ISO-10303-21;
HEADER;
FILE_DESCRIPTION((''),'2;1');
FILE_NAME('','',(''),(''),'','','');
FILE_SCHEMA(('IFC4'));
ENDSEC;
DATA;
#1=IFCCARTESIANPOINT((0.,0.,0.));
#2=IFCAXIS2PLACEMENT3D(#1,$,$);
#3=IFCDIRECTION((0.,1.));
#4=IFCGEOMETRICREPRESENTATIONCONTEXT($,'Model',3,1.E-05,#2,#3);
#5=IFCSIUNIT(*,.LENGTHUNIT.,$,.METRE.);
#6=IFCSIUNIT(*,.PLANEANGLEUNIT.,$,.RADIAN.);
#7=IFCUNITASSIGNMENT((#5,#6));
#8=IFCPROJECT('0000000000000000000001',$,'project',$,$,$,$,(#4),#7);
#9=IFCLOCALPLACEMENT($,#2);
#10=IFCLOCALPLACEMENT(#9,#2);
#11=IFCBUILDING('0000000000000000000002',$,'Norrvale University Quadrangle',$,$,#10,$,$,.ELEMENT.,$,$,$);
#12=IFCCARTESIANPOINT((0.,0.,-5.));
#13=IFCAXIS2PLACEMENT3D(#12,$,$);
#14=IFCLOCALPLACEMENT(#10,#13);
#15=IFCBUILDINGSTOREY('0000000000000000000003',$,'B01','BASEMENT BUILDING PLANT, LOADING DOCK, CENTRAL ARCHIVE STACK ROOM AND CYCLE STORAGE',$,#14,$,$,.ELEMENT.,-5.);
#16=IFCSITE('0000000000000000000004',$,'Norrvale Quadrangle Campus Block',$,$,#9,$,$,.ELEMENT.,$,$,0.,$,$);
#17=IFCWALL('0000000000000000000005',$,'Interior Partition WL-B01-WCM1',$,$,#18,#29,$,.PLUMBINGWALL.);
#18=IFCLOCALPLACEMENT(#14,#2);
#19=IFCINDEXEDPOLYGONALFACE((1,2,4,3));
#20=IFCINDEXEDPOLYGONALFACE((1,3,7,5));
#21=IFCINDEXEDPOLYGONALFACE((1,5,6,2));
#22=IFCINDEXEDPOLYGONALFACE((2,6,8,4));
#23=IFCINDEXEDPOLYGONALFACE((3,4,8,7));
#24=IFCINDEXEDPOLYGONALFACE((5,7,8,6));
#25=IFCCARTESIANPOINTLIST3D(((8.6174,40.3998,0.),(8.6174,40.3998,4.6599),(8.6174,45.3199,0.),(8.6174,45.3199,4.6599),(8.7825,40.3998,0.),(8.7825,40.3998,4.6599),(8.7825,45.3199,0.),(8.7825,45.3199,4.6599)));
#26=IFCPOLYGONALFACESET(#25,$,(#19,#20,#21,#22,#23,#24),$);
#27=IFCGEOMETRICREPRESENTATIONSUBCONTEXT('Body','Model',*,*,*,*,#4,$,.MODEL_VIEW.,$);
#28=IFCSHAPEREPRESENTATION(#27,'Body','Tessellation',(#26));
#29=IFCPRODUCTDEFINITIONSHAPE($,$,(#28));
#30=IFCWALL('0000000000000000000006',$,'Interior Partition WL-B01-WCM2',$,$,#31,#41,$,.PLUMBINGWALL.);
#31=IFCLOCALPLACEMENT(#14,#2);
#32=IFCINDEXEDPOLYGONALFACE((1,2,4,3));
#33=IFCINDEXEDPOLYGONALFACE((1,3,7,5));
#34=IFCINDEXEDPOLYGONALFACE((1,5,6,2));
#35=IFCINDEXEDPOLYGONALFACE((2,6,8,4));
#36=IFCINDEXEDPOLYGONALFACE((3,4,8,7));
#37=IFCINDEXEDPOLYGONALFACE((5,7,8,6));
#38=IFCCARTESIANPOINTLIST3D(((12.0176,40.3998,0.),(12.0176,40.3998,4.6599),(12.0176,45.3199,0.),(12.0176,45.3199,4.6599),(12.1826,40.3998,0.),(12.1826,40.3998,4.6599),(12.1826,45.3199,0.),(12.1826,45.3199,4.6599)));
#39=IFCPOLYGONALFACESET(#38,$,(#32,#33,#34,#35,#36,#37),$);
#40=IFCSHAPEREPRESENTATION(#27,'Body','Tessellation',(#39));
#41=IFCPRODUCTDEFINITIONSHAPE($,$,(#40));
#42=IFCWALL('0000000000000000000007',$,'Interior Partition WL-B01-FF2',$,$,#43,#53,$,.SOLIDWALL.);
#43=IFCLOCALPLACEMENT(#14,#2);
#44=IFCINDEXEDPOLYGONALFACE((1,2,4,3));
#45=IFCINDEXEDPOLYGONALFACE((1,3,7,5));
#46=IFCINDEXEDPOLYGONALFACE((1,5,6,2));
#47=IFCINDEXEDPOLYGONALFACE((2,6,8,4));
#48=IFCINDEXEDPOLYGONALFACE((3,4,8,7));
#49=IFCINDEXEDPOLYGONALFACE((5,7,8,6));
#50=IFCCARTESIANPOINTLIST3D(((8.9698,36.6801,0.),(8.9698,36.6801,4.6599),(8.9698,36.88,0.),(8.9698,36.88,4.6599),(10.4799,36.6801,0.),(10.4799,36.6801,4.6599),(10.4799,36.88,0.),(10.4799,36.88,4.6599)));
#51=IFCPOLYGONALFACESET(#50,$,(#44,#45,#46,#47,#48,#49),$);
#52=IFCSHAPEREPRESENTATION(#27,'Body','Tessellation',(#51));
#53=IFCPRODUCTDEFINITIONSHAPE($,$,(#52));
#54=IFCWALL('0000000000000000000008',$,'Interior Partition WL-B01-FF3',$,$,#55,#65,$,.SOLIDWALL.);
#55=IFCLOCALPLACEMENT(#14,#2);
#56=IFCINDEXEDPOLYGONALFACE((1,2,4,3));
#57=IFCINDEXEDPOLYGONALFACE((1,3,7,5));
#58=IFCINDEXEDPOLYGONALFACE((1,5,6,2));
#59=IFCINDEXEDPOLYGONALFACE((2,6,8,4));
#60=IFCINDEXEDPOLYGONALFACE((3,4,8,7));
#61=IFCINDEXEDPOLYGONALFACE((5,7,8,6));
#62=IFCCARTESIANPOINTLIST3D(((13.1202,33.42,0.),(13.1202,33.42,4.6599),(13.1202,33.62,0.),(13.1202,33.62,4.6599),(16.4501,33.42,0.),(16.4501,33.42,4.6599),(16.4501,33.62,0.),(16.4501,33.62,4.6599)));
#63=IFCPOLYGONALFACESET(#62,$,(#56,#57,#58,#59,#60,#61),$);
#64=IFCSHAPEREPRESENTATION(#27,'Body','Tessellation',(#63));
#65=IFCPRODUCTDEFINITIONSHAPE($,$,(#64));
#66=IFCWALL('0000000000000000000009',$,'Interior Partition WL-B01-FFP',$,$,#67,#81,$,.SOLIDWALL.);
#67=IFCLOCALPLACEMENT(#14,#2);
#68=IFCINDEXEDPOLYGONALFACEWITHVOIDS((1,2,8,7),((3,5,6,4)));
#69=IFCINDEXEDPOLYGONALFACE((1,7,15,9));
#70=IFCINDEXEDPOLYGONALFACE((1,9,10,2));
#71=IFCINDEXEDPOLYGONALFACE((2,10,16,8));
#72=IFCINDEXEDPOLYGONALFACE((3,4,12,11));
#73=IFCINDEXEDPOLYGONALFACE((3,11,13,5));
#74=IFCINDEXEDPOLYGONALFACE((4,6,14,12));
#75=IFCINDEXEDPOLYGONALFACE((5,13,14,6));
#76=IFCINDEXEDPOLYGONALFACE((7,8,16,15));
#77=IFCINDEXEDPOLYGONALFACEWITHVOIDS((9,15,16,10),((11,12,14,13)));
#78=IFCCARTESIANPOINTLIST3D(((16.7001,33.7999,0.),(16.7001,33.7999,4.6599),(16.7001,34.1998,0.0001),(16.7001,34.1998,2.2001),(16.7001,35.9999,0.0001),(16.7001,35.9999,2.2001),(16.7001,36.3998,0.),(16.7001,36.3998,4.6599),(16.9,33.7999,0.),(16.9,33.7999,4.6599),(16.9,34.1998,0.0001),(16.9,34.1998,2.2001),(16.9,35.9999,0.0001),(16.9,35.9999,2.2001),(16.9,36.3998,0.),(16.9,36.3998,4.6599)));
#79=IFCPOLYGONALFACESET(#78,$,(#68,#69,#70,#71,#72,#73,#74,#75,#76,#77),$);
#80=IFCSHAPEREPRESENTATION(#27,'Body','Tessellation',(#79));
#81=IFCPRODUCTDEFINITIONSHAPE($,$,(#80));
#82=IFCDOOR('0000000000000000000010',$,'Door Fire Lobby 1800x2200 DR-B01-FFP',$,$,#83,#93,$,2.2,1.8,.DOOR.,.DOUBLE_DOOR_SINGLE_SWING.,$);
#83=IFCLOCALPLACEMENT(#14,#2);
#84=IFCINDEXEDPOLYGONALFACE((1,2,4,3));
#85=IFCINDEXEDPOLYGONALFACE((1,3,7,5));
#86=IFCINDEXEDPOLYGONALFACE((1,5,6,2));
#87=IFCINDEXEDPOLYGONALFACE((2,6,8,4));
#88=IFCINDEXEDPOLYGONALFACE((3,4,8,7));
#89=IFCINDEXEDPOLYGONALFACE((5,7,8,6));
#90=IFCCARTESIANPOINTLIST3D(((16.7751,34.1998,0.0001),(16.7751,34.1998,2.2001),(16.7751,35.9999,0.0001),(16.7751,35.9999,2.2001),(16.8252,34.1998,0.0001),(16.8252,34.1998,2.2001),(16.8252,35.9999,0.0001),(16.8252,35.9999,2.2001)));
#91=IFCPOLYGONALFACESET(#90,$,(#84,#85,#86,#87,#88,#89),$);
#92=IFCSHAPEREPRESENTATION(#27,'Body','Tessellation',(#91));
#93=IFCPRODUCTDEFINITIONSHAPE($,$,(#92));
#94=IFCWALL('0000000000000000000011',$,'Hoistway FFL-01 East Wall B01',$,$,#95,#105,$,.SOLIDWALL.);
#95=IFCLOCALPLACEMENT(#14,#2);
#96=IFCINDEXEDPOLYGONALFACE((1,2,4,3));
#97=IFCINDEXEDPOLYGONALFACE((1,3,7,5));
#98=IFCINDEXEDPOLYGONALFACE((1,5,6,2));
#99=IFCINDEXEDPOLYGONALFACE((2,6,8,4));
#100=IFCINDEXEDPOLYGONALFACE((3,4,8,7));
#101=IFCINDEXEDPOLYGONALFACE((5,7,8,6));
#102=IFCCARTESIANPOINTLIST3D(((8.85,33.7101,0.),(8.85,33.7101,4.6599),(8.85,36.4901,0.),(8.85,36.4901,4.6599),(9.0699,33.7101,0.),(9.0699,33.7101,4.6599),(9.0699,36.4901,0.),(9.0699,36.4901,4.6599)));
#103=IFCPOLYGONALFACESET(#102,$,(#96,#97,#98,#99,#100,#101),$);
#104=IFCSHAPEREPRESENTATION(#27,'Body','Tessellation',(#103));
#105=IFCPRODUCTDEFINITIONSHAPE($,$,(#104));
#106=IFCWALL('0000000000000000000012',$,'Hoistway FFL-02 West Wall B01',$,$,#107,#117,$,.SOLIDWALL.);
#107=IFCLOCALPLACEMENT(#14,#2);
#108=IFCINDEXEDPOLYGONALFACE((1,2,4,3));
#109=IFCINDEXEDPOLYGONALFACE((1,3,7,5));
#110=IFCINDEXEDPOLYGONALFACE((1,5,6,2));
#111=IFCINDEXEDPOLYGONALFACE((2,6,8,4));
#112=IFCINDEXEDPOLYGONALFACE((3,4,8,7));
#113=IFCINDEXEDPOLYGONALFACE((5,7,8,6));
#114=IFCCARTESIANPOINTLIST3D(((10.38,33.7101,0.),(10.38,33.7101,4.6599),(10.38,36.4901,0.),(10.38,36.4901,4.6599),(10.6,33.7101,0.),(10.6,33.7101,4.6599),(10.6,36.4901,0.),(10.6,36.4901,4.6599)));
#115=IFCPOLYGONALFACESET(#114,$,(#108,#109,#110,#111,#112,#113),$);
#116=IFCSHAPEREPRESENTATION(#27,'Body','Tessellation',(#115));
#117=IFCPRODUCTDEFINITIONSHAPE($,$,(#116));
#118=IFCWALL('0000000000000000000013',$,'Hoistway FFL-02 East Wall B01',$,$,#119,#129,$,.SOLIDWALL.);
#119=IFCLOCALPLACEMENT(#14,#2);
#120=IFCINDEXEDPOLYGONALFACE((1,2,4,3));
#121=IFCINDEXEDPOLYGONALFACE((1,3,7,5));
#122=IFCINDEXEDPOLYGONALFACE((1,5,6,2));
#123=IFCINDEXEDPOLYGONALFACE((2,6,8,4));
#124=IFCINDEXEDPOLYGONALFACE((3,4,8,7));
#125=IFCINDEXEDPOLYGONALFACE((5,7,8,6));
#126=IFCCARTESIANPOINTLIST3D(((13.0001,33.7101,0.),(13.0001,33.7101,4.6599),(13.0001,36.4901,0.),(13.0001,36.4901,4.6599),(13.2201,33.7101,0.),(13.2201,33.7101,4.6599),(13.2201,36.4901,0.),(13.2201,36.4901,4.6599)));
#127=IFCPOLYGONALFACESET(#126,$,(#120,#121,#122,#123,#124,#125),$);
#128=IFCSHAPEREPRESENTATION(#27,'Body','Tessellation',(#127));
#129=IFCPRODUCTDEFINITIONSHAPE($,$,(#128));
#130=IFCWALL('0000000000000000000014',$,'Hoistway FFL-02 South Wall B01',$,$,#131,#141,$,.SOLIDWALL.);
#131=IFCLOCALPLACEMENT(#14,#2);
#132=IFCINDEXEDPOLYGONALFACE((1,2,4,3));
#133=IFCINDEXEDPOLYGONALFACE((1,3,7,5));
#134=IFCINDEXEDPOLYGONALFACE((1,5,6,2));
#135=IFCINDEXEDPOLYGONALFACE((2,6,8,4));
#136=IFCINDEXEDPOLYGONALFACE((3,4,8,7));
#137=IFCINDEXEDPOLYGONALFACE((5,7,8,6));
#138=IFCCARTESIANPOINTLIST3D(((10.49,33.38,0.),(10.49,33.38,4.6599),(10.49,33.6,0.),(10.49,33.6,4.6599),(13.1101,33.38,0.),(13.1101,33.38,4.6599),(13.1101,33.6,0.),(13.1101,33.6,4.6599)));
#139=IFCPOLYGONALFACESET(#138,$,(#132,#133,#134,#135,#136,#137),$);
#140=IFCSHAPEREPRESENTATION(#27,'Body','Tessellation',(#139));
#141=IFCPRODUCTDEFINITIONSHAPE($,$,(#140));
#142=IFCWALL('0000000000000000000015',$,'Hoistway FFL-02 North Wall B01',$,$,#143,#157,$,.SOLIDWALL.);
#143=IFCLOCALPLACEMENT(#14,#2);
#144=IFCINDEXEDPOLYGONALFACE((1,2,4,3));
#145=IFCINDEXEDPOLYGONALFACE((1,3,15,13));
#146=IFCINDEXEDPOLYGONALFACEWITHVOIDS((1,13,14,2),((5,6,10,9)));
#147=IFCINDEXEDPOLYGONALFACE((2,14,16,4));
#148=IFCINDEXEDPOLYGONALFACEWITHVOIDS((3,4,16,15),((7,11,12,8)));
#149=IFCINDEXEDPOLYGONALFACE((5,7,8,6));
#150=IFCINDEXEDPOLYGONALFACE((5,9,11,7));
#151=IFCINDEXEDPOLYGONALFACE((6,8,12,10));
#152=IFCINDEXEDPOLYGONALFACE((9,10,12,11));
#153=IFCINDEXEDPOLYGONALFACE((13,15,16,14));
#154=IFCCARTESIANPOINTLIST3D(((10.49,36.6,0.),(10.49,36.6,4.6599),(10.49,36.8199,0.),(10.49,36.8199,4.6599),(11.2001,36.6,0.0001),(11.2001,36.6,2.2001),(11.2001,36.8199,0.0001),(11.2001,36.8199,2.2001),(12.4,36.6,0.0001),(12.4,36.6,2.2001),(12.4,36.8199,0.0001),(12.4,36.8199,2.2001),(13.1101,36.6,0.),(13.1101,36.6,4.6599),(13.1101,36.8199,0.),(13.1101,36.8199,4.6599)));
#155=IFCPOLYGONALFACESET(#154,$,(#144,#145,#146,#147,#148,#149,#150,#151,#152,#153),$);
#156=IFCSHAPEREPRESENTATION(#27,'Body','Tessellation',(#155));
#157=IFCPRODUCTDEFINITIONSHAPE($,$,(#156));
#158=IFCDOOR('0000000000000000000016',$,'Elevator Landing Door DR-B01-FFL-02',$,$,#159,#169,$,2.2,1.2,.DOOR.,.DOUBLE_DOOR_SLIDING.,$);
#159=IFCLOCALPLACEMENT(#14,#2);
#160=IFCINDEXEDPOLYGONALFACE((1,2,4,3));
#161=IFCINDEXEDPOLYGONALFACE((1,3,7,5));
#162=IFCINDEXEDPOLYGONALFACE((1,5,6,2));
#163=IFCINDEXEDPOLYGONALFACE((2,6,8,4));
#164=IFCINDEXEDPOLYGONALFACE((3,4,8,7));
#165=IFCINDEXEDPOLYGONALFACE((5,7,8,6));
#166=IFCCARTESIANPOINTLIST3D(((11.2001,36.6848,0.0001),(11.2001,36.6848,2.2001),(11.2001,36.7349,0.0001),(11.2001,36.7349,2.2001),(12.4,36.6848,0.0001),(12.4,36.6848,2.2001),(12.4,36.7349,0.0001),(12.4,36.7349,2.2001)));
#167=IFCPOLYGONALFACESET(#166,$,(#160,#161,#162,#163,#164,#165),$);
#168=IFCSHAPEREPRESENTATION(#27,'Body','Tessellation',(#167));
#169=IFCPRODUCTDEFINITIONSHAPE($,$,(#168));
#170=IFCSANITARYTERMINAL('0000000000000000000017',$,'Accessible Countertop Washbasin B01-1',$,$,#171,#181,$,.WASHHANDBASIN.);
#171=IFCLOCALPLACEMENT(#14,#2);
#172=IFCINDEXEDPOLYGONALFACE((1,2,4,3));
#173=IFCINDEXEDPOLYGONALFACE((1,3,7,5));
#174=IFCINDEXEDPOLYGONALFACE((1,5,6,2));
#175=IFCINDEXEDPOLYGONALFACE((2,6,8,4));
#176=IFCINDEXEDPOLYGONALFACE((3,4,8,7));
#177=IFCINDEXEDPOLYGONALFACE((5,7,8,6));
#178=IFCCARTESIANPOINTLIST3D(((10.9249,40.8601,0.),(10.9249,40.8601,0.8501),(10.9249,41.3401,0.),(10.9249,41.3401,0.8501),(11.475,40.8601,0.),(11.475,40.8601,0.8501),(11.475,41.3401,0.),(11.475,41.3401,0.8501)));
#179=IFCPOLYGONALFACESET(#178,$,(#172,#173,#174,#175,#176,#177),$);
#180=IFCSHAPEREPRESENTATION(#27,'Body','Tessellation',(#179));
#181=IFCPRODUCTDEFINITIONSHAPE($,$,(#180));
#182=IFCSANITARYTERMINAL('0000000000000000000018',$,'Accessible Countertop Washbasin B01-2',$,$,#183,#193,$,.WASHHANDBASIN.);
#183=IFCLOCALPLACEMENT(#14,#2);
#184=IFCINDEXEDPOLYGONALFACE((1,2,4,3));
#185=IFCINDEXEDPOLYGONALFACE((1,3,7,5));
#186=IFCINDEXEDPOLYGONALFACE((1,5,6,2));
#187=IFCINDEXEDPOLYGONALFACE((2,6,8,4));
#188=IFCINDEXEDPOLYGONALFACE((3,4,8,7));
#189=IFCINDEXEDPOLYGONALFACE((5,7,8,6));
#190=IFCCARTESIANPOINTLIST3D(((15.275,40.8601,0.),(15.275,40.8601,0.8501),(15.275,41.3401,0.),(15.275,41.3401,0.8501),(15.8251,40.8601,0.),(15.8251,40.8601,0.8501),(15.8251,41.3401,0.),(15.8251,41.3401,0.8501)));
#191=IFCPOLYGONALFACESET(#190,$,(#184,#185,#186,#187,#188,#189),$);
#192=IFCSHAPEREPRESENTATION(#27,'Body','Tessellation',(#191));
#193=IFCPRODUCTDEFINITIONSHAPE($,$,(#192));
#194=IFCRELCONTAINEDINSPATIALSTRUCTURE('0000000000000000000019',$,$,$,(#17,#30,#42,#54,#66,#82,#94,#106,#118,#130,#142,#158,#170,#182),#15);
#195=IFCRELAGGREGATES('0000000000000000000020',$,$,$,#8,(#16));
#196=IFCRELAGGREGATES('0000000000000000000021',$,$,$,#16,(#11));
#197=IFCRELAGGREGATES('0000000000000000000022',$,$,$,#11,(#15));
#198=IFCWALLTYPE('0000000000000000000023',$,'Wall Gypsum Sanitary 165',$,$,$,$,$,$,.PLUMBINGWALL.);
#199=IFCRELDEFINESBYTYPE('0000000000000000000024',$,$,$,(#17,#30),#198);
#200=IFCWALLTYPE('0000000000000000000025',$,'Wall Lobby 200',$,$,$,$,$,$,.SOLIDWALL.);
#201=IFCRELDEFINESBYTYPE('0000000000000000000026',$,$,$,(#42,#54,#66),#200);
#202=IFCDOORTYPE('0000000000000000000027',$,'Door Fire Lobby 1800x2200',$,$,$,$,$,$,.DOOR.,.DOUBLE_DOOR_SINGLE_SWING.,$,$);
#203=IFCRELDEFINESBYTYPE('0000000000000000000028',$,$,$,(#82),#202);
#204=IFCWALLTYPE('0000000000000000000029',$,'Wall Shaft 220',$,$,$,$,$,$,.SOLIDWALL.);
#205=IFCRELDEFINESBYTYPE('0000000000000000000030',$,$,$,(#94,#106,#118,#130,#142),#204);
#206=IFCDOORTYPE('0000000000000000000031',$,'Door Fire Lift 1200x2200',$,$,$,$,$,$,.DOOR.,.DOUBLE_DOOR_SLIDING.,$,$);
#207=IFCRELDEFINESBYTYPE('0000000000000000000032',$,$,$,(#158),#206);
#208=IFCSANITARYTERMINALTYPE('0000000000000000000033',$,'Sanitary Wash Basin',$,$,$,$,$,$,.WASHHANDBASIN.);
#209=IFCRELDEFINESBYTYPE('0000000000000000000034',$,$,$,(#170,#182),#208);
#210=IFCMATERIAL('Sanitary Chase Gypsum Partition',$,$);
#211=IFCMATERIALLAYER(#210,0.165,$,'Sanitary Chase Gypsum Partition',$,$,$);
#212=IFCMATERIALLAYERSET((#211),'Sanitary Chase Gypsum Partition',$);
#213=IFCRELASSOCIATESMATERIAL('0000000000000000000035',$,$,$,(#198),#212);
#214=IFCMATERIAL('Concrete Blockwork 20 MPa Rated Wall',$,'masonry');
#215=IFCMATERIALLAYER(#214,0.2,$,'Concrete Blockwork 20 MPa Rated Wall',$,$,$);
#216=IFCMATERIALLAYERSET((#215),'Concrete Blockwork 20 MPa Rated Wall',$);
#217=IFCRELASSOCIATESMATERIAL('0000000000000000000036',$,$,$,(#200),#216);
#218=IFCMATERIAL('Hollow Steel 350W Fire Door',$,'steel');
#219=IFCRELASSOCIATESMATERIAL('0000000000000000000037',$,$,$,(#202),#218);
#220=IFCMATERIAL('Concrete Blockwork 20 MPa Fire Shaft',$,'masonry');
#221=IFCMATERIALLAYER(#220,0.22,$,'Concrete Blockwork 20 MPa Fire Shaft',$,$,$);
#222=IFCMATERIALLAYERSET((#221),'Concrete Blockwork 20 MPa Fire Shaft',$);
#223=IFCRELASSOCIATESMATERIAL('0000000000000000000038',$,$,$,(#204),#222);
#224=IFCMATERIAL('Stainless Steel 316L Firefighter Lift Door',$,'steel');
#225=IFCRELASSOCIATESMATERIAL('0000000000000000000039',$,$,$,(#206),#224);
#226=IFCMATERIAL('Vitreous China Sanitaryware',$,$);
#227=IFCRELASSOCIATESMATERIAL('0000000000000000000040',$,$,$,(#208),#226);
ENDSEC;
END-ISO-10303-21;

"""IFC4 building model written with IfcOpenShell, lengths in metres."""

from ifc_helpers import new_model, si_unit, direction, frame, frame_2d, origin, origin_2d, place, context, subcontext, project, spatial, rectangle, extrude, material, layer, layer_set, type_object, element, fill, save


model = new_model("IFC4")

# Units and contexts
model_context = context("Model", 3, precision=1e-05, world=origin(), true_north=direction((0.0, 1.0)))
body_context = subcontext(model_context, "Body", "Model", "MODEL_VIEW")
ifc_project = project(units=[si_unit("LENGTHUNIT", "METRE"), si_unit("PLANEANGLEUNIT", "RADIAN")], contexts=[model_context])

# Site, building, storey
site_placement = place(None, origin())
site = spatial("IfcSite", under=ifc_project, at=site_placement, Name="Norrvale Quadrangle Campus Block", CompositionType="ELEMENT", RefElevation=0.0)
building_placement = place(site_placement, origin())
building = spatial("IfcBuilding", under=site, at=building_placement, Name="Norrvale University Quadrangle", CompositionType="ELEMENT")
storey_placement = place(building_placement, frame((0.0, 0.0, -5.0)))
storey = spatial("IfcBuildingStorey", under=building, at=storey_placement, Name="B01", Description="BASEMENT BUILDING PLANT, LOADING DOCK, CENTRAL ARCHIVE STACK ROOM AND CYCLE STORAGE", CompositionType="ELEMENT", Elevation=-5.0)

# Walls
ifc_material_1 = material(Name="Sanitary Chase Gypsum Partition")
ifc_layer_1 = layer(ifc_material_1, 0.165, Name="Sanitary Chase Gypsum Partition")
ifc_layer_set_1 = layer_set([ifc_layer_1], Name="Sanitary Chase Gypsum Partition")
wall_type_1 = type_object("IfcWallType", Name="Wall Gypsum Sanitary 165", PredefinedType="PLUMBINGWALL", material=ifc_layer_set_1)
for number, where, z_axis, x_axis, name in (
    (1, (8.7, 40.3999, 0.0), (0.0, 0.0, 1.0), (0.0, 1.0, 0.0), "Interior Partition WL-B01-WCM1"),
    (2, (12.1001, 40.3999, 0.0), (0.0, 0.0, 1.0), (0.0, 1.0, 0.0), "Interior Partition WL-B01-WCM2"),
):
    element("IfcWall", number, at=place(storey_placement, frame(where, z_axis=z_axis, x_axis=x_axis)), inside=storey, type_object=wall_type_1, Name=name, PredefinedType="PLUMBINGWALL", context=body_context, shape_type="SweptSolid", body=[
        extrude(rectangle(XDim=4.9202, YDim=0.165, at=frame_2d((2.46, 0.0))), origin(), (0.0, 0.0, 1.0), 4.6599),
    ])
ifc_material_2 = material(Name="Concrete Blockwork 20 MPa Rated Wall", Category="masonry")
ifc_layer_2 = layer(ifc_material_2, 0.2, Name="Concrete Blockwork 20 MPa Rated Wall")
ifc_layer_set_2 = layer_set([ifc_layer_2], Name="Concrete Blockwork 20 MPa Rated Wall")
wall_type_2 = type_object("IfcWallType", Name="Wall Lobby 200", PredefinedType="SOLIDWALL", material=ifc_layer_set_2)
wall_1_placement = place(storey_placement, frame((8.97, 36.78, 0.0), z_axis=(0.0, 0.0, 1.0), x_axis=(1.0, 0.0, 0.0)))
element("IfcWall", 3, at=wall_1_placement, inside=storey, type_object=wall_type_2, Name="Interior Partition WL-B01-FF2", PredefinedType="SOLIDWALL", context=body_context, shape_type="SweptSolid", body=[
    extrude(rectangle(XDim=1.51, YDim=0.2, at=frame_2d((0.7549, 0.0))), origin(), (0.0, 0.0, 1.0), 4.6599),
])
wall_2_placement = place(storey_placement, frame((13.1201, 33.52, 0.0), z_axis=(0.0, 0.0, 1.0), x_axis=(1.0, 0.0, 0.0)))
element("IfcWall", 4, at=wall_2_placement, inside=storey, type_object=wall_type_2, Name="Interior Partition WL-B01-FF3", PredefinedType="SOLIDWALL", context=body_context, shape_type="SweptSolid", body=[
    extrude(rectangle(XDim=3.3298, YDim=0.2, at=frame_2d((1.665, 0.0))), origin(), (0.0, 0.0, 1.0), 4.6599),
])

# Wall, opening, door
wall_3_placement = place(storey_placement, frame((16.8, 33.8, 0.0), z_axis=(0.0, 0.0, 1.0), x_axis=(0.0, 1.0, 0.0)))
wall_3 = element("IfcWall", 5, at=wall_3_placement, inside=storey, type_object=wall_type_2, Name="Interior Partition WL-B01-FFP", PredefinedType="SOLIDWALL", context=body_context, shape_type="SweptSolid", body=[
    extrude(rectangle(XDim=2.5999, YDim=0.2, at=frame_2d((1.2998, 0.0))), origin(), (0.0, 0.0, 1.0), 4.6599),
])
opening_1_placement = place(wall_3_placement, frame((0.3999, 0.0, 0.0)))
opening_1 = element("IfcOpeningElement", 6, at=opening_1_placement, cuts=wall_3, PredefinedType="OPENING", context=body_context, shape_type="SweptSolid", body=[
    extrude(rectangle(XDim=1.8, YDim=2.2, at=frame_2d((0.8999, 1.1001))), frame((0.0, 0.1121, 0.0), z_axis=(0.0, -1.0, 0.0), x_axis=(1.0, 0.0, 0.0)), (0.0, 0.0, 1.0), 0.2239),
])
ifc_material_3 = material(Name="Hollow Steel 350W Fire Door", Category="steel")
door_type_1 = type_object("IfcDoorType", Name="Door Fire Lobby 1800x2200", OperationType="DOUBLE_DOOR_SINGLE_SWING", PredefinedType="DOOR", material=ifc_material_3)
door_1_placement = place(opening_1_placement, origin())
door_1 = element("IfcDoor", 7, at=door_1_placement, inside=storey, type_object=door_type_1, Name="Door Fire Lobby 1800x2200 DR-B01-FFP", OperationType="DOUBLE_DOOR_SINGLE_SWING", OverallHeight=2.2, OverallWidth=1.8, PredefinedType="DOOR", context=body_context, shape_type="SweptSolid", body=[
    extrude(rectangle(XDim=1.8, YDim=2.2, at=frame_2d((0.8999, 1.1001))), frame((0.0, 0.0249, 0.0), z_axis=(0.0, -1.0, 0.0), x_axis=(1.0, 0.0, 0.0)), (0.0, 0.0, 1.0), 0.05),
])
fill(opening_1, door_1)

# Walls
ifc_material_4 = material(Name="Concrete Blockwork 20 MPa Fire Shaft", Category="masonry")
ifc_layer_3 = layer(ifc_material_4, 0.22, Name="Concrete Blockwork 20 MPa Fire Shaft")
ifc_layer_set_3 = layer_set([ifc_layer_3], Name="Concrete Blockwork 20 MPa Fire Shaft")
wall_type_3 = type_object("IfcWallType", Name="Wall Shaft 220", PredefinedType="SOLIDWALL", material=ifc_layer_set_3)
for number, where, z_axis, x_axis, name in (
    (8, (8.96, 33.71, 0.0), (0.0, 0.0, 1.0), (0.0, 1.0, 0.0), "Hoistway FFL-01 East Wall B01"),
    (9, (10.49, 33.71, 0.0), (0.0, 0.0, 1.0), (0.0, 1.0, 0.0), "Hoistway FFL-02 West Wall B01"),
    (10, (13.1101, 33.71, 0.0), (0.0, 0.0, 1.0), (0.0, 1.0, 0.0), "Hoistway FFL-02 East Wall B01"),
):
    element("IfcWall", number, at=place(storey_placement, frame(where, z_axis=z_axis, x_axis=x_axis)), inside=storey, type_object=wall_type_3, Name=name, PredefinedType="SOLIDWALL", context=body_context, shape_type="SweptSolid", body=[
        extrude(rectangle(XDim=2.78, YDim=0.22, at=frame_2d((1.3901, 0.0))), origin(), (0.0, 0.0, 1.0), 4.6599),
    ])
wall_4_placement = place(storey_placement, frame((10.49, 33.49, 0.0), z_axis=(0.0, 0.0, 1.0), x_axis=(1.0, 0.0, 0.0)))
element("IfcWall", 11, at=wall_4_placement, inside=storey, type_object=wall_type_3, Name="Hoistway FFL-02 South Wall B01", PredefinedType="SOLIDWALL", context=body_context, shape_type="SweptSolid", body=[
    extrude(rectangle(XDim=2.6201, YDim=0.22, at=frame_2d((1.3101, 0.0))), origin(), (0.0, 0.0, 1.0), 4.6599),
])

# Wall, opening, door
wall_5_placement = place(storey_placement, frame((10.49, 36.71, 0.0), z_axis=(0.0, 0.0, 1.0), x_axis=(1.0, 0.0, 0.0)))
wall_5 = element("IfcWall", 12, at=wall_5_placement, inside=storey, type_object=wall_type_3, Name="Hoistway FFL-02 North Wall B01", PredefinedType="SOLIDWALL", context=body_context, shape_type="SweptSolid", body=[
    extrude(rectangle(XDim=2.6201, YDim=0.22, at=frame_2d((1.3101, 0.0))), origin(), (0.0, 0.0, 1.0), 4.6599),
])
opening_2_placement = place(wall_5_placement, frame((0.71, 0.0, 0.0)))
opening_2 = element("IfcOpeningElement", 13, at=opening_2_placement, cuts=wall_5, PredefinedType="OPENING", context=body_context, shape_type="SweptSolid", body=[
    extrude(rectangle(XDim=1.2, YDim=2.2, at=frame_2d((0.6001, 1.1001))), frame((0.0, 0.1221, 0.0), z_axis=(0.0, -1.0, 0.0), x_axis=(1.0, 0.0, 0.0)), (0.0, 0.0, 1.0), 0.2439),
])
ifc_material_5 = material(Name="Stainless Steel 316L Firefighter Lift Door", Category="steel")
door_type_2 = type_object("IfcDoorType", Name="Door Fire Lift 1200x2200", OperationType="DOUBLE_DOOR_SLIDING", PredefinedType="DOOR", material=ifc_material_5)
door_2_placement = place(opening_2_placement, origin())
door_2 = element("IfcDoor", 14, at=door_2_placement, inside=storey, type_object=door_type_2, Name="Elevator Landing Door DR-B01-FFL-02", OperationType="DOUBLE_DOOR_SLIDING", OverallHeight=2.2, OverallWidth=1.2, PredefinedType="DOOR", context=body_context, shape_type="SweptSolid", body=[
    extrude(rectangle(XDim=1.2, YDim=2.2, at=frame_2d((0.6001, 1.1001))), frame((0.0, 0.0249, 0.0), z_axis=(0.0, -1.0, 0.0), x_axis=(1.0, 0.0, 0.0)), (0.0, 0.0, 1.0), 0.05),
])
fill(opening_2, door_2)

# Sanitary terminals
ifc_material_6 = material(Name="Vitreous China Sanitaryware")
sanitary_terminal_type_1 = type_object("IfcSanitaryTerminalType", Name="Sanitary Wash Basin", PredefinedType="WASHHANDBASIN", material=ifc_material_6)
for number, where, z_axis, x_axis, name in (
    (15, (11.2, 41.1001, 0.0), (0.0, 0.0, 1.0), (1.0, 0.0, 0.0), "Accessible Countertop Washbasin B01-1"),
    (16, (15.55, 41.1001, 0.0), (0.0, 0.0, 1.0), (1.0, 0.0, 0.0), "Accessible Countertop Washbasin B01-2"),
):
    element("IfcSanitaryTerminal", number, at=place(storey_placement, frame(where, z_axis=z_axis, x_axis=x_axis)), inside=storey, type_object=sanitary_terminal_type_1, Name=name, PredefinedType="WASHHANDBASIN", context=body_context, shape_type="SweptSolid", body=[
        extrude(rectangle(XDim=0.55, YDim=0.48, at=origin_2d()), origin(), (0.0, 0.0, 1.0), 0.8501),
    ])

save(model, "model.ifc")
